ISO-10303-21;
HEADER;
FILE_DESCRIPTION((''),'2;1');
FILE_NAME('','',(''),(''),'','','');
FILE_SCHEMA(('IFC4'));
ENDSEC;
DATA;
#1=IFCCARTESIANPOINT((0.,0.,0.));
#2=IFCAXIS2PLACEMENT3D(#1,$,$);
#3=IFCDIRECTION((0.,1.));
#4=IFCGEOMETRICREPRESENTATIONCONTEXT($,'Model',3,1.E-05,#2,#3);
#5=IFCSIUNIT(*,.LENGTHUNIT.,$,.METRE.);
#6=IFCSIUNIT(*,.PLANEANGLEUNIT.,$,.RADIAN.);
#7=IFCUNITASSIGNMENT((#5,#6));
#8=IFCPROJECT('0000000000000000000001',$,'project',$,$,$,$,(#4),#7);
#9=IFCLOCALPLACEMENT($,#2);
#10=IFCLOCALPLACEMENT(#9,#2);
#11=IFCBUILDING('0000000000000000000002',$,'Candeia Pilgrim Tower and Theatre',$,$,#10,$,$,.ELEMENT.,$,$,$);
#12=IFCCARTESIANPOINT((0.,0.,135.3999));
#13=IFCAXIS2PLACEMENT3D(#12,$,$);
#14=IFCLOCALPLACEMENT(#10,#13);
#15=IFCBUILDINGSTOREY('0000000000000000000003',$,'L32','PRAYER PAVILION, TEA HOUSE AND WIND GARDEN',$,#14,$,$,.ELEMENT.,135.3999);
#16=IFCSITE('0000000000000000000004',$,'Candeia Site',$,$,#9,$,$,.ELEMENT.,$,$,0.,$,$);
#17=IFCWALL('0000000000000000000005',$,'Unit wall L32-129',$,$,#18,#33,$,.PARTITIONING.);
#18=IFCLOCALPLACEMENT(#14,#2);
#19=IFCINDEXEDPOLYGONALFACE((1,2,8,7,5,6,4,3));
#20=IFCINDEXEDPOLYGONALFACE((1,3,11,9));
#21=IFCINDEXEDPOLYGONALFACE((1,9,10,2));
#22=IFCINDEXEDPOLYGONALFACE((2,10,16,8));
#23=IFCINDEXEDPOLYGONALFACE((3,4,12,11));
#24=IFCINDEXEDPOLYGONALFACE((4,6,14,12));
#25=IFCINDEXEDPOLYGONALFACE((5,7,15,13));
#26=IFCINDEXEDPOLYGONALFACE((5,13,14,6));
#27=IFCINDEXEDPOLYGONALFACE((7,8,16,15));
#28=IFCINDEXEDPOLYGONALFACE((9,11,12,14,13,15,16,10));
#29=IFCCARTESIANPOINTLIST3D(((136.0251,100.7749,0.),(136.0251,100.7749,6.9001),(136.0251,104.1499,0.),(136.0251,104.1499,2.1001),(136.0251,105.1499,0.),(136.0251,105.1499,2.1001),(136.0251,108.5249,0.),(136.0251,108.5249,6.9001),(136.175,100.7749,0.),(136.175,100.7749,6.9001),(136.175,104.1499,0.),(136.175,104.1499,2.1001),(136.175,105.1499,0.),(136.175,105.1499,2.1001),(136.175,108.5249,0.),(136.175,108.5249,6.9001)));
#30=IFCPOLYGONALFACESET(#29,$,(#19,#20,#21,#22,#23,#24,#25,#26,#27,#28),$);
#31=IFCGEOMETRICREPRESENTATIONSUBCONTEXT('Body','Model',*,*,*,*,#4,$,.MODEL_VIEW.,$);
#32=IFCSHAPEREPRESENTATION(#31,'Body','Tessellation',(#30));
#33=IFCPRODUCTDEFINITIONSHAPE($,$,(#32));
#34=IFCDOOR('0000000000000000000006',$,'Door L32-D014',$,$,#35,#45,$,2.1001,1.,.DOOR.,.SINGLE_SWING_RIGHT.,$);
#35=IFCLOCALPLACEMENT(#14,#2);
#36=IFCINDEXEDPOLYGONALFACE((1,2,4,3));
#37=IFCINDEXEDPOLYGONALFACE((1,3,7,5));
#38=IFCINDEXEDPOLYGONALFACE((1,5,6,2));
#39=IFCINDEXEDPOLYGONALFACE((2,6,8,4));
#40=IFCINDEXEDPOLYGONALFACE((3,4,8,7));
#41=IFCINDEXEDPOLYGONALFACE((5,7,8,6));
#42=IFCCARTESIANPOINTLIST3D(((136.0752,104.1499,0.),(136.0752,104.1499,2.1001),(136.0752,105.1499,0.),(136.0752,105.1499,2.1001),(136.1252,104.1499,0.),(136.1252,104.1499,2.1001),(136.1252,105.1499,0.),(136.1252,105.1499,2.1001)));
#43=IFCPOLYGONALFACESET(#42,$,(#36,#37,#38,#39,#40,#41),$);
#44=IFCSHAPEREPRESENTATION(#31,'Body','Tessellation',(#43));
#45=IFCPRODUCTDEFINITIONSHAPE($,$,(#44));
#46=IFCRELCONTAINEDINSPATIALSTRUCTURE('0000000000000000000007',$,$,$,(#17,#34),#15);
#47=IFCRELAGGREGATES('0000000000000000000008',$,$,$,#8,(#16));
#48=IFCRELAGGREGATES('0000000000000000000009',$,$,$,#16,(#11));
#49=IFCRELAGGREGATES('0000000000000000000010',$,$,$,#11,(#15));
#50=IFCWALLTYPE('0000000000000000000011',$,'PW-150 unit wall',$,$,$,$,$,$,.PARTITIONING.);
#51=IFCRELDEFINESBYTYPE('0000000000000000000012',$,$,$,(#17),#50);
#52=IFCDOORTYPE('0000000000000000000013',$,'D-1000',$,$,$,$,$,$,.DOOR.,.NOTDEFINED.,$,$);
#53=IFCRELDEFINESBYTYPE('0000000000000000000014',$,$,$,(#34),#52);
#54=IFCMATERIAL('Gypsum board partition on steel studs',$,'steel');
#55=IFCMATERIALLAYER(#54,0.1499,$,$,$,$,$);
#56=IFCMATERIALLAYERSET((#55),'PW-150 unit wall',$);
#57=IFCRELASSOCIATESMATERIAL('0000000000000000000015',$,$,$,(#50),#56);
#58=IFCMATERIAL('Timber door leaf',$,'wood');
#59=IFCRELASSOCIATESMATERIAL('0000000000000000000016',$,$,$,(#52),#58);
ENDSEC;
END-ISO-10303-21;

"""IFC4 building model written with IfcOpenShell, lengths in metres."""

from ifc_helpers import new_model, si_unit, direction, frame, frame_2d, origin, place, context, subcontext, project, spatial, rectangle, extrude, material, layer, layer_set, type_object, element, fill, save


model = new_model("IFC4")

# Units and contexts
model_context = context("Model", 3, precision=1e-05, world=origin(), true_north=direction((0.0, 1.0)))
body_context = subcontext(model_context, "Body", "Model", "MODEL_VIEW")
ifc_project = project(units=[si_unit("LENGTHUNIT", "METRE"), si_unit("PLANEANGLEUNIT", "RADIAN")], contexts=[model_context])

# Site, building, storey
site_placement = place(None, origin())
site = spatial("IfcSite", under=ifc_project, at=site_placement, Name="Candeia Site", CompositionType="ELEMENT", RefElevation=0.0)
building_placement = place(site_placement, origin())
building = spatial("IfcBuilding", under=site, at=building_placement, Name="Candeia Pilgrim Tower and Theatre", CompositionType="ELEMENT")
storey_placement = place(building_placement, frame((0.0, 0.0, 135.3999)))
storey = spatial("IfcBuildingStorey", under=building, at=storey_placement, Name="L32", Description="PRAYER PAVILION, TEA HOUSE AND WIND GARDEN", CompositionType="ELEMENT", Elevation=135.3999)

# Shared definitions
ifc_material_1 = material(Name="Gypsum board partition on steel studs", Category="steel")
ifc_layer = layer(ifc_material_1, 0.1499)
ifc_layer_set = layer_set([ifc_layer], Name="PW-150 unit wall")
wall_type = type_object("IfcWallType", Name="PW-150 unit wall", PredefinedType="PARTITIONING", material=ifc_layer_set)

# Shared definitions
ifc_material_2 = material(Name="Timber door leaf", Category="wood")
door_type = type_object("IfcDoorType", Name="D-1000", OperationType="NOTDEFINED", PredefinedType="DOOR", material=ifc_material_2)

# Wall, opening, door
wall_1_placement = place(storey_placement, frame((136.1001, 100.7749, 0.0), z_axis=(0.0, 0.0, 1.0), x_axis=(0.0, 1.0, 0.0)))
wall_1 = element("IfcWall", 1, at=wall_1_placement, inside=storey, type_object=wall_type, Name="Unit wall L32-129", PredefinedType="PARTITIONING", context=body_context, shape_type="SweptSolid", body=[
    extrude(rectangle(XDim=7.75, YDim=0.1499, at=frame_2d((3.875, 0.0))), origin(), (0.0, 0.0, 1.0), 6.9001),
])
opening_1_placement = place(wall_1_placement, frame((3.375, 0.0, 0.0)))
opening_1 = element("IfcOpeningElement", 2, at=opening_1_placement, cuts=wall_1, PredefinedType="OPENING", context=body_context, shape_type="SweptSolid", body=[
    extrude(rectangle(XDim=1.0, YDim=2.1001, at=frame_2d((0.5, 1.05))), frame((0.0, 0.085, 0.0), z_axis=(0.0, -1.0, 0.0), x_axis=(1.0, 0.0, 0.0)), (0.0, 0.0, 1.0), 0.1699),
])
door_1_placement = place(opening_1_placement, origin())
door_1 = element("IfcDoor", 3, at=door_1_placement, inside=storey, type_object=door_type, Name="Door L32-D014", OperationType="SINGLE_SWING_RIGHT", OverallHeight=2.1001, OverallWidth=1.0, PredefinedType="DOOR", context=body_context, shape_type="SweptSolid", body=[
    extrude(rectangle(XDim=1.0, YDim=2.1001, at=frame_2d((0.5, 1.05))), frame((0.0, 0.0249, 0.0), z_axis=(0.0, -1.0, 0.0), x_axis=(1.0, 0.0, 0.0)), (0.0, 0.0, 1.0), 0.05),
])
fill(opening_1, door_1)

save(model, "model.ifc")
